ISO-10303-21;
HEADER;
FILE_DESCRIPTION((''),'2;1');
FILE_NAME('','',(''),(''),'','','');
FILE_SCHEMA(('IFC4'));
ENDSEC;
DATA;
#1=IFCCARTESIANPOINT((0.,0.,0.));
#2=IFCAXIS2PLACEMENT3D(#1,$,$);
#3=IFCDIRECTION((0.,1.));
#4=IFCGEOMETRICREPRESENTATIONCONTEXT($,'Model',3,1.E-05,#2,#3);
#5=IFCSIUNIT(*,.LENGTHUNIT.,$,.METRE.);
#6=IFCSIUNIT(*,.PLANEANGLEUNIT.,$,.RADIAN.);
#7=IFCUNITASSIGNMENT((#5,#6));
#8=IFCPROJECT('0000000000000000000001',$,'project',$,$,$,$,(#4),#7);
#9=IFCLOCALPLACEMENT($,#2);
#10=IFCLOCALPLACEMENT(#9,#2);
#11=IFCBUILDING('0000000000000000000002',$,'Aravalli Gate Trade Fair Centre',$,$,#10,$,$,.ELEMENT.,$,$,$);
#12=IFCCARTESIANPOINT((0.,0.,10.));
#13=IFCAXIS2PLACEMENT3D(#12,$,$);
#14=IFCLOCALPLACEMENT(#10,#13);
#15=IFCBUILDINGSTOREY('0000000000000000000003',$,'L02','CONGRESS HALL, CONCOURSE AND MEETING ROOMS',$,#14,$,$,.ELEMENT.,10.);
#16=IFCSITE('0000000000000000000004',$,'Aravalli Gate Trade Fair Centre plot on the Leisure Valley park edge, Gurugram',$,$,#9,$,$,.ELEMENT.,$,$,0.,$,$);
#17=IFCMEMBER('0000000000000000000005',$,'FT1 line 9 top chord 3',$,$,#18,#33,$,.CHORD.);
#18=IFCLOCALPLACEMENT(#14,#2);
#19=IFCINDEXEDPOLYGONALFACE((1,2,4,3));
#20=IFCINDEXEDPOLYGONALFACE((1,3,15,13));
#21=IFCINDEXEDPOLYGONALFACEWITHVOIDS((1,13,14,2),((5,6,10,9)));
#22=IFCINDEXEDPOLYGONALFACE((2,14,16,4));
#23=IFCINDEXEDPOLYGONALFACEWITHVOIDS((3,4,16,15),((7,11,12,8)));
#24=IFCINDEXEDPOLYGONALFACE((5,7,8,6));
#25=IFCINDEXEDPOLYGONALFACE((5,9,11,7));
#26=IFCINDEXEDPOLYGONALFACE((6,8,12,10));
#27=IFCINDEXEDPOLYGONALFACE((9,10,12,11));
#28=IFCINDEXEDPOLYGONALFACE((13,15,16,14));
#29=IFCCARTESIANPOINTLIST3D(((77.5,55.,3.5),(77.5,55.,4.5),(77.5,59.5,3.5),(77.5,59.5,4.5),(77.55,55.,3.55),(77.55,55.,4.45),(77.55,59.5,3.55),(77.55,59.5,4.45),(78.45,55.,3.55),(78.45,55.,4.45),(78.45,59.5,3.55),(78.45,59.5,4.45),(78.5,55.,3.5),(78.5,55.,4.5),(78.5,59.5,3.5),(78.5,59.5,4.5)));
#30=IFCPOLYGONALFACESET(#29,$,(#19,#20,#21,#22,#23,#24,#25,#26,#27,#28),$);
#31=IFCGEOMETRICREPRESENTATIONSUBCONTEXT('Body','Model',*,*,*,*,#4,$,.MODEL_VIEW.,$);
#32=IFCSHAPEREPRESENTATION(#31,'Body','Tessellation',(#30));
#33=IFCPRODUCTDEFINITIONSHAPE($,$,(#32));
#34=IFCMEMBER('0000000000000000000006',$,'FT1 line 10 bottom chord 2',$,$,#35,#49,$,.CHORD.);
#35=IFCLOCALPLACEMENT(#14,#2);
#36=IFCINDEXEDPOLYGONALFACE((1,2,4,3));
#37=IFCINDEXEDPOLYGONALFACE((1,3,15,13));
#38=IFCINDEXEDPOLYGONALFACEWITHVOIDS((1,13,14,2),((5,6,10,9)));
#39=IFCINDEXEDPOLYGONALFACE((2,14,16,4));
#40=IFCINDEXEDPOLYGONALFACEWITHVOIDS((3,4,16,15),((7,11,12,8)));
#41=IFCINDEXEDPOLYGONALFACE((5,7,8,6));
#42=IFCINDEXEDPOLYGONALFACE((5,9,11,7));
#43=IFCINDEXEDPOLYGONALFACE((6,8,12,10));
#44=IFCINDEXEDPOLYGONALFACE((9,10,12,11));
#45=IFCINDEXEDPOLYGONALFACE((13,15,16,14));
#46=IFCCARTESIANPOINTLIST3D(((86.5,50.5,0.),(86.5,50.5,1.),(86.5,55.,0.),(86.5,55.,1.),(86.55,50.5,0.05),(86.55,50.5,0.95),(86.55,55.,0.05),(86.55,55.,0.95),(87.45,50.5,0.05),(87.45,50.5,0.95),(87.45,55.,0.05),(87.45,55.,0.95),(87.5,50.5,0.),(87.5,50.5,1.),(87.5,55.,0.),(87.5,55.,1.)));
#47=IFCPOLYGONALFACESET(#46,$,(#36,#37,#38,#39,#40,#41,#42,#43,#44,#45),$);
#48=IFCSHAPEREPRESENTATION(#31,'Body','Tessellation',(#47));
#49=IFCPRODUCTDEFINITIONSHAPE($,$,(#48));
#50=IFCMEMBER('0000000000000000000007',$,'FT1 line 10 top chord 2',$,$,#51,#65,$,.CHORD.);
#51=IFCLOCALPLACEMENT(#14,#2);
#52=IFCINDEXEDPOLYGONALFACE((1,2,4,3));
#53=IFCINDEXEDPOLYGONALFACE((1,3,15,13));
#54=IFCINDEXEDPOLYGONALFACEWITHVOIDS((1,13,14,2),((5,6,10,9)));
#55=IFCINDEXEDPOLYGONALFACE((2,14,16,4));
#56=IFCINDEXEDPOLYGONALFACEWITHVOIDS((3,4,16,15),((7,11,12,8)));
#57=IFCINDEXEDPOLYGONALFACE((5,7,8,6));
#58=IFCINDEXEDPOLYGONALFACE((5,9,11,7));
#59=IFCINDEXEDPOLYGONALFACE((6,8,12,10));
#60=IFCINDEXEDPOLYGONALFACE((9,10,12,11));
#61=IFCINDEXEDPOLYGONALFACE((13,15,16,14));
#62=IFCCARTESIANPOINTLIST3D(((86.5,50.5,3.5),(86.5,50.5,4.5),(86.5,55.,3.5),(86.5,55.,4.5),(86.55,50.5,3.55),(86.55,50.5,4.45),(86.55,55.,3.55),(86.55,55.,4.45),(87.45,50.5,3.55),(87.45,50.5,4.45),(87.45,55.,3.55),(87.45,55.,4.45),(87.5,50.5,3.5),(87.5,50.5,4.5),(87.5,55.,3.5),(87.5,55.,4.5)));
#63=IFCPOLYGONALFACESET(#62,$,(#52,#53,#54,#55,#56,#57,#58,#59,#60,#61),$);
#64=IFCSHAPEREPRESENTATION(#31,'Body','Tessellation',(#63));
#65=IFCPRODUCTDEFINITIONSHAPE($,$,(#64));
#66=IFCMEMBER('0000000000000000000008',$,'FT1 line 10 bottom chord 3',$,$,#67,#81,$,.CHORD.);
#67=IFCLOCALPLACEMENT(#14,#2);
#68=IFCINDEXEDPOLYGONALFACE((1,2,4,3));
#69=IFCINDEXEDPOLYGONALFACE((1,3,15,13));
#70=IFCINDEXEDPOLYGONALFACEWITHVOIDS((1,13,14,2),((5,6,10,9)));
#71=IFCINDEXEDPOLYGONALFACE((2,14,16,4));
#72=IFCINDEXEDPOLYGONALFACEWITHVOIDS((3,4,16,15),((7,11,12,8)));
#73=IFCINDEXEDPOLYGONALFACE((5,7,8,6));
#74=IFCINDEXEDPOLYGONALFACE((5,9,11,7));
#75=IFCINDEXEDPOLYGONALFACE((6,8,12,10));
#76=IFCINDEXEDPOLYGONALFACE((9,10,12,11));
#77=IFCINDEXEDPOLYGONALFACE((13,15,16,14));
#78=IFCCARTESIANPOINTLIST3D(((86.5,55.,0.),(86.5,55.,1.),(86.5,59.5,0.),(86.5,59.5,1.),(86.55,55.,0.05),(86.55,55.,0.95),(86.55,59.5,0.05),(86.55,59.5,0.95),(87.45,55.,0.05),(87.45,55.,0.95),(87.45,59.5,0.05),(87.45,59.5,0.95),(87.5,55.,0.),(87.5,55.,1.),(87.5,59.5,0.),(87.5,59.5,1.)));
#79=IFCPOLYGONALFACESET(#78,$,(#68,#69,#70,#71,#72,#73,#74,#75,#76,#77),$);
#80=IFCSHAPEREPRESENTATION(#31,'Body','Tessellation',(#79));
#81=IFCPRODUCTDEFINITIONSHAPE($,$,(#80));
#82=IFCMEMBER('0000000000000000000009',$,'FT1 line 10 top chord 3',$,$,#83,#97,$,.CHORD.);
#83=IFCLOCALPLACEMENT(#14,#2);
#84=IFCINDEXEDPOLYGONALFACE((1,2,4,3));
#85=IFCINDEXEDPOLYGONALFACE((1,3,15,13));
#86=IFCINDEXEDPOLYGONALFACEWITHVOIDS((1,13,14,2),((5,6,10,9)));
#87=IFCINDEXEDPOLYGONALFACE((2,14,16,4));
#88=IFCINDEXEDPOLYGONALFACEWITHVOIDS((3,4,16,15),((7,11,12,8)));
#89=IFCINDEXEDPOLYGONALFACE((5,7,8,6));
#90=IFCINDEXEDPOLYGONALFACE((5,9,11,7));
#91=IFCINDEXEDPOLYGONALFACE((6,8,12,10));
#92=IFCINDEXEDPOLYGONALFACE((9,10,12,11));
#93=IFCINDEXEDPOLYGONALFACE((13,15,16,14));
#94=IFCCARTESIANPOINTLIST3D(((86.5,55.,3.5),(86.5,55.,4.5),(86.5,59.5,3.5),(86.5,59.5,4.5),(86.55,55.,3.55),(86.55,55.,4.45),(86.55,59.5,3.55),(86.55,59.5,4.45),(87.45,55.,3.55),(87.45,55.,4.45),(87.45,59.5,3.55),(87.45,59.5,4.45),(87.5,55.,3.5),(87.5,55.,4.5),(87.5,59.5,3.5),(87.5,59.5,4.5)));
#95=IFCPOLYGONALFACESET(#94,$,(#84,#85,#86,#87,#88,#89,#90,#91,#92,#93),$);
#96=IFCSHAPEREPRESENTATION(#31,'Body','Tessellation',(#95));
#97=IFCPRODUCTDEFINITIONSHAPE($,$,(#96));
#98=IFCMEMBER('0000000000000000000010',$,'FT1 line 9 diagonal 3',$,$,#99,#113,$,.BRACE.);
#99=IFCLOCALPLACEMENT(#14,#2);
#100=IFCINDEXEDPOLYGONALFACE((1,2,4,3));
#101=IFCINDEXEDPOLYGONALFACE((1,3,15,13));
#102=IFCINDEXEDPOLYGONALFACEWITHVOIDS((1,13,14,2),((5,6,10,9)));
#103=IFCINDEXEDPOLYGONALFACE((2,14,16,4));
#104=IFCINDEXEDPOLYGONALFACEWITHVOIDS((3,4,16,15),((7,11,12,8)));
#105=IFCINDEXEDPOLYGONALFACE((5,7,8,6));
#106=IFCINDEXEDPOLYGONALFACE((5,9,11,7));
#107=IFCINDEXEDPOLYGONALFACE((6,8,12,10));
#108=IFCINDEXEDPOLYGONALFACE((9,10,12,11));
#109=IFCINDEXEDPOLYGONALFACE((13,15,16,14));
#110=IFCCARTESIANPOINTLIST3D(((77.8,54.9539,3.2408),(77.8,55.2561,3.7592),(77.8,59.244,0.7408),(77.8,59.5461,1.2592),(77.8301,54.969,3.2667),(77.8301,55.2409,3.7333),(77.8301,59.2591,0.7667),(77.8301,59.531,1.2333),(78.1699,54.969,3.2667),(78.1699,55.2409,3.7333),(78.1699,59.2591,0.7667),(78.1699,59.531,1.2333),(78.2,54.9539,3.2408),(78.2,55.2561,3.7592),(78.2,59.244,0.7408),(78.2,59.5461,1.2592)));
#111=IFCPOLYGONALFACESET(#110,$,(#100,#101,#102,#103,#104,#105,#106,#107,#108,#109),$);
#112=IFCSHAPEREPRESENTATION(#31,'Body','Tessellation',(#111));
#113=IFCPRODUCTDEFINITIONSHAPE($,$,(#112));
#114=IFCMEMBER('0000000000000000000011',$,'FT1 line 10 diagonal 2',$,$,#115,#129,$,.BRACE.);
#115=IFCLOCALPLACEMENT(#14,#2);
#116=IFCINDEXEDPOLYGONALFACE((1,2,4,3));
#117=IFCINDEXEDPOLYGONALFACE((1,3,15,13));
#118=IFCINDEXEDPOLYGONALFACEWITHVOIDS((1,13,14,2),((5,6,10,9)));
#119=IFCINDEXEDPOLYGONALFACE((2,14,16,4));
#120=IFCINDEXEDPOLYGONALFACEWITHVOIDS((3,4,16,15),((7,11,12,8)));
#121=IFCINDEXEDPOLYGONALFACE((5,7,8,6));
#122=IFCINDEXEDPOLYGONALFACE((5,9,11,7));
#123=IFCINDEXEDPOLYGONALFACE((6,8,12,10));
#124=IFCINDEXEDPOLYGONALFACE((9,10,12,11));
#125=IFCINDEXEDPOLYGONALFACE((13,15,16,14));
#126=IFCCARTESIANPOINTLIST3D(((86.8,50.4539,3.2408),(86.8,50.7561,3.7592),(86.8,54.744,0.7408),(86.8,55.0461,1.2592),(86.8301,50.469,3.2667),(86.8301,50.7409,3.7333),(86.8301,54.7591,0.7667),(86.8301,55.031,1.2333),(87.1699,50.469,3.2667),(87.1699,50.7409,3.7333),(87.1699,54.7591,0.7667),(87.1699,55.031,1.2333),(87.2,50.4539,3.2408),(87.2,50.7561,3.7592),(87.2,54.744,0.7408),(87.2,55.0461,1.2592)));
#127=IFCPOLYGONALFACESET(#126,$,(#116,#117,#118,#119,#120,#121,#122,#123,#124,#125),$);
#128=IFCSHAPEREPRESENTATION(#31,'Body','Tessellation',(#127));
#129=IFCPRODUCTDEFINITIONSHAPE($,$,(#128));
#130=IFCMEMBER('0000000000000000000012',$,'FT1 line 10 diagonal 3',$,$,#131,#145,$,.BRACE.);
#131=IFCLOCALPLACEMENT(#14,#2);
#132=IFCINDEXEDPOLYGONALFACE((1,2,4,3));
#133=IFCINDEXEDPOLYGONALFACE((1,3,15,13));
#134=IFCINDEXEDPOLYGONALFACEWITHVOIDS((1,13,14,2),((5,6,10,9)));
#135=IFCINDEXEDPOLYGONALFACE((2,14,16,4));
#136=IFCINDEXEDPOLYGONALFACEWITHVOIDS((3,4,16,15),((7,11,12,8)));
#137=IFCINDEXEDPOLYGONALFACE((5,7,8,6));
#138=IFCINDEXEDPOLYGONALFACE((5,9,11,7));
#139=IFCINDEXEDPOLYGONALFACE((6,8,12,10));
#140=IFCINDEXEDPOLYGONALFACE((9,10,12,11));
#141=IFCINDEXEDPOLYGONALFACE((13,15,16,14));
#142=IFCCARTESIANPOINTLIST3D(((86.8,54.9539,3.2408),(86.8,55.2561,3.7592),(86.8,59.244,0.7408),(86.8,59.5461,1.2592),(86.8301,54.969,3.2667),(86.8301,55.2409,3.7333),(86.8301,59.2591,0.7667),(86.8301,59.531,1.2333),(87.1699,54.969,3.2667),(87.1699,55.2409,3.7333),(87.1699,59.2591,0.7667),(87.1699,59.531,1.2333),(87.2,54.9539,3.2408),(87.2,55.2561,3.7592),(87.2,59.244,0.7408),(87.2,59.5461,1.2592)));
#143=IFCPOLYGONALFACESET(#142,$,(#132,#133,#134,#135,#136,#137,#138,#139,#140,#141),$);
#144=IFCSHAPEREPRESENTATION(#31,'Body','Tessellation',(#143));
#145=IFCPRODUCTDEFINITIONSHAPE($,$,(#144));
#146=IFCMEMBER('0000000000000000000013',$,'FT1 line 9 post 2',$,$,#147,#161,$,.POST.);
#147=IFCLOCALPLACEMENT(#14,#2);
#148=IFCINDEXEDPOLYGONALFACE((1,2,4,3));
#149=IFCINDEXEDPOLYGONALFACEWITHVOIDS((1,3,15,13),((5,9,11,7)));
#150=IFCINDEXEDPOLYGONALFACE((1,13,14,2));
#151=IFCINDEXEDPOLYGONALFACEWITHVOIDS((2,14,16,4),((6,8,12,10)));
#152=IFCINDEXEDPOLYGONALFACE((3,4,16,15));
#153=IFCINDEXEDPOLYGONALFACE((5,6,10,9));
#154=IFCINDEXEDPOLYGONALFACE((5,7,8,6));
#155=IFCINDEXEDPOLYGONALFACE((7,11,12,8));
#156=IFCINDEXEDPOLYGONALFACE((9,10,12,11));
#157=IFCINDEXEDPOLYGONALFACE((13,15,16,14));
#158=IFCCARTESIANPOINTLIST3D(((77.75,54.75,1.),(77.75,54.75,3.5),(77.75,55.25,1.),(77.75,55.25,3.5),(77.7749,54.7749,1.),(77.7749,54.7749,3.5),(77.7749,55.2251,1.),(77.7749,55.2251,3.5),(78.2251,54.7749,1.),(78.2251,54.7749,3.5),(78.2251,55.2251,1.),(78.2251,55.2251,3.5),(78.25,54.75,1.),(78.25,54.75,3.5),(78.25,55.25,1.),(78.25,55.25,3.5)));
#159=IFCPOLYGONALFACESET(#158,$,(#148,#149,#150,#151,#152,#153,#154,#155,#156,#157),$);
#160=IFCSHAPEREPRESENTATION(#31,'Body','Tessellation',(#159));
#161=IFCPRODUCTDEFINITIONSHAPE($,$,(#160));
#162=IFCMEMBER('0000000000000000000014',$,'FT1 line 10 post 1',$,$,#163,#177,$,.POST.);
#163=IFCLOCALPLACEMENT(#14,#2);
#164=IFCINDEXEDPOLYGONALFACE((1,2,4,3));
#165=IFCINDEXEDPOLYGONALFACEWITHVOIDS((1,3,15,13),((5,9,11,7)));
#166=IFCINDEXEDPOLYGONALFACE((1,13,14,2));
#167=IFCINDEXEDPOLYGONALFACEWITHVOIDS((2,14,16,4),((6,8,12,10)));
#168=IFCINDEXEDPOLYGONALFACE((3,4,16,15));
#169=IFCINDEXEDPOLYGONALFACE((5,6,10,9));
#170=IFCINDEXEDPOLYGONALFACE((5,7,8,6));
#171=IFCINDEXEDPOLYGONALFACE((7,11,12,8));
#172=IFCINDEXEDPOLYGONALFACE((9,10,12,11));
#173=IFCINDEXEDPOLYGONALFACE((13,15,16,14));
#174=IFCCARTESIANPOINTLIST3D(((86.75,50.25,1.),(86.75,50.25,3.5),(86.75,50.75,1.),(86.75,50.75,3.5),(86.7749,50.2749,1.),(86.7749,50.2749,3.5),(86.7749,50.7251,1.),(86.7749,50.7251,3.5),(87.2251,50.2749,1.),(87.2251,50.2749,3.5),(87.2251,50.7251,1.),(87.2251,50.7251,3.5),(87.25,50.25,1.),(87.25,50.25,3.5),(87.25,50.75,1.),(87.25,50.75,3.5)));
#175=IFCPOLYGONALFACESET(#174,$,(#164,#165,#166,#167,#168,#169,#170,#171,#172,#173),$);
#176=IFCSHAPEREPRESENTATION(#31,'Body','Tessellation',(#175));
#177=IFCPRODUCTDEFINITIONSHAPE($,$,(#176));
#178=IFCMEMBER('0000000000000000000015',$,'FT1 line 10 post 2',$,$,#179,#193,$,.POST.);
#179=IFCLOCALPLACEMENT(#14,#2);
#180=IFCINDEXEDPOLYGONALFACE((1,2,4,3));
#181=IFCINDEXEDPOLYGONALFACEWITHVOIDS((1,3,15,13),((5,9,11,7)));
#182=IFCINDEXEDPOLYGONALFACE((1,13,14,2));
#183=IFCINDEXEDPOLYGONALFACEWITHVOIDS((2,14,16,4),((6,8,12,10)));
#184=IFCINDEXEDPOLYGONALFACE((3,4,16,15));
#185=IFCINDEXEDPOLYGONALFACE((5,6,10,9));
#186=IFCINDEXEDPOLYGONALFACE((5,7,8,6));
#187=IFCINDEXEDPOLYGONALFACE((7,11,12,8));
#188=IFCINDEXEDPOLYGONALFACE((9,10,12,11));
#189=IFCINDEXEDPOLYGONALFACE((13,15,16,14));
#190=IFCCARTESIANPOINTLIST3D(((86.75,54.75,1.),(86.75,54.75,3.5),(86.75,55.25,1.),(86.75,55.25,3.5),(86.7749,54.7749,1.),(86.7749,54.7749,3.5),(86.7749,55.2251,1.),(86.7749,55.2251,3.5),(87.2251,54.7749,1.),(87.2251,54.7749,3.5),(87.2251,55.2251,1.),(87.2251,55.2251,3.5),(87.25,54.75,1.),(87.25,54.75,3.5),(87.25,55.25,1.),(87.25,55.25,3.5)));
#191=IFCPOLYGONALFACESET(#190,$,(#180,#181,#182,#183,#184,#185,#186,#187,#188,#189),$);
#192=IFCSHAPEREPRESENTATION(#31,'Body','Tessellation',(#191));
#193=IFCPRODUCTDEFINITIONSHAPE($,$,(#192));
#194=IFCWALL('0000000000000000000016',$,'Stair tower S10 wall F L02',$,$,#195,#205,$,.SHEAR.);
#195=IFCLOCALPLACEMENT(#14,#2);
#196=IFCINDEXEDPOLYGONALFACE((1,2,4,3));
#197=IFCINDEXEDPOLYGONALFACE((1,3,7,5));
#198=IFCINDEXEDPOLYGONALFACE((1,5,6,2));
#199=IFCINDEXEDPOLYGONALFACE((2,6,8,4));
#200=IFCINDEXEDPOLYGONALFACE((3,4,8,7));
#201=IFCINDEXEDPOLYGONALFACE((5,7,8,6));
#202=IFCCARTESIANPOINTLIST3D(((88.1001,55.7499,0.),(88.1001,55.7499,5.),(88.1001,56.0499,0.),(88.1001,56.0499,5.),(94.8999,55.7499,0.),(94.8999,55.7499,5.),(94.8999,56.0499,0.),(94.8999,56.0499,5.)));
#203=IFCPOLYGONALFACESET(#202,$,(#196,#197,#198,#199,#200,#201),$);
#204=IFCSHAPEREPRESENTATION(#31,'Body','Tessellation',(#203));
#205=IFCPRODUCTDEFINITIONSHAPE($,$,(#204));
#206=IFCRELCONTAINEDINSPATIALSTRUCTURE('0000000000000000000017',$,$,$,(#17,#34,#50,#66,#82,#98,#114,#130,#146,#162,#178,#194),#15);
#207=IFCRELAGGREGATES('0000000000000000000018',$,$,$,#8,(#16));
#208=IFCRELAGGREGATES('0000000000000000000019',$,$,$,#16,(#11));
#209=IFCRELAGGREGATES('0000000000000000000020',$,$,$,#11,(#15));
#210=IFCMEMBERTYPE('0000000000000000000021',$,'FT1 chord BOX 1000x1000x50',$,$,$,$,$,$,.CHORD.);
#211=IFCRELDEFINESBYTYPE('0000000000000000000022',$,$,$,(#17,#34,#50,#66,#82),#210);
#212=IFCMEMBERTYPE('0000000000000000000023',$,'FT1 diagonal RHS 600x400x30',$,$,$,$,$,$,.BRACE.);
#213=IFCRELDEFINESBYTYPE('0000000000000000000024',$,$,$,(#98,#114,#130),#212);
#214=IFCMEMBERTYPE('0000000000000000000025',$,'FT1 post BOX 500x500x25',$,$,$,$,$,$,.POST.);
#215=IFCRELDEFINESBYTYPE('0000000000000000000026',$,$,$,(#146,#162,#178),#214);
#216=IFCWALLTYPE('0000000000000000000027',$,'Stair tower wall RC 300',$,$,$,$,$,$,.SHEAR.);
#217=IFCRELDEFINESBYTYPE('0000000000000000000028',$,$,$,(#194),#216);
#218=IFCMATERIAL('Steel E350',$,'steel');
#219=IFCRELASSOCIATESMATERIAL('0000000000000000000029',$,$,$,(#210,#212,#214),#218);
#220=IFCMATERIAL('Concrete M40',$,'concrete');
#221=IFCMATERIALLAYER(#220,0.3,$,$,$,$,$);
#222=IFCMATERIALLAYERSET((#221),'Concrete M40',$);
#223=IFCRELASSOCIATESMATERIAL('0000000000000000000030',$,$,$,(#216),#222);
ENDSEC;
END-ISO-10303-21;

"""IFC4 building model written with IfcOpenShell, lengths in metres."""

from ifc_helpers import new_model, si_unit, direction, frame, frame_2d, origin, origin_2d, place, context, subcontext, project, spatial, rectangle, hollow_rectangle, extrude, material, layer, layer_set, material_profile, profile_set, type_object, element, save


model = new_model("IFC4")

# Units and contexts
model_context = context("Model", 3, precision=1e-05, world=origin(), true_north=direction((0.0, 1.0)))
body_context = subcontext(model_context, "Body", "Model", "MODEL_VIEW")
ifc_project = project(units=[si_unit("LENGTHUNIT", "METRE"), si_unit("PLANEANGLEUNIT", "RADIAN")], contexts=[model_context])

# Site, building, storey
site_placement = place(None, origin())
site = spatial("IfcSite", under=ifc_project, at=site_placement, Name="Aravalli Gate Trade Fair Centre plot on the Leisure Valley park edge, Gurugram", CompositionType="ELEMENT", RefElevation=0.0)
building_placement = place(site_placement, origin())
building = spatial("IfcBuilding", under=site, at=building_placement, Name="Aravalli Gate Trade Fair Centre", CompositionType="ELEMENT")
storey_placement = place(building_placement, frame((0.0, 0.0, 10.0)))
storey = spatial("IfcBuildingStorey", under=building, at=storey_placement, Name="L02", Description="CONGRESS HALL, CONCOURSE AND MEETING ROOMS", CompositionType="ELEMENT", Elevation=10.0)

# Members
ifc_material_1 = material(Name="Steel E350", Category="steel")
ifc_material_profile_1 = material_profile(ifc_material_1, hollow_rectangle(XDim=1.0, YDim=1.0, WallThickness=0.05, at=origin_2d()), Name="BOX 1000x1000x50")
ifc_profile_set_1 = profile_set([ifc_material_profile_1], Name="Steel E350")
member_type_1 = type_object("IfcMemberType", Name="FT1 chord BOX 1000x1000x50", PredefinedType="CHORD", material=ifc_profile_set_1)
for number, where, z_axis, x_axis, name in (
    (1, (78.0, 55.0, 4.0), (0.0, 1.0, 0.0), (-1.0, 0.0, 0.0), "FT1 line 9 top chord 3"),
    (2, (87.0, 50.5, 0.5), (0.0, 1.0, 0.0), (-1.0, 0.0, 0.0), "FT1 line 10 bottom chord 2"),
    (3, (87.0, 50.5, 4.0), (0.0, 1.0, 0.0), (-1.0, 0.0, 0.0), "FT1 line 10 top chord 2"),
    (4, (87.0, 55.0, 0.5), (0.0, 1.0, 0.0), (-1.0, 0.0, 0.0), "FT1 line 10 bottom chord 3"),
    (5, (87.0, 55.0, 4.0), (0.0, 1.0, 0.0), (-1.0, 0.0, 0.0), "FT1 line 10 top chord 3"),
):
    element("IfcMember", number, at=place(storey_placement, frame(where, z_axis=z_axis, x_axis=x_axis)), inside=storey, type_object=member_type_1, Name=name, PredefinedType="CHORD", context=body_context, shape_type="SweptSolid", body=[
        extrude(hollow_rectangle(XDim=1.0, YDim=1.0, WallThickness=0.05, at=origin_2d()), origin(), (0.0, 0.0, 1.0), 4.5),
    ])
ifc_material_profile_2 = material_profile(ifc_material_1, hollow_rectangle(XDim=0.3999, YDim=0.6001, WallThickness=0.03, at=origin_2d()), Name="RHS 600x400x30")
ifc_profile_set_2 = profile_set([ifc_material_profile_2], Name="Steel E350")
member_type_2 = type_object("IfcMemberType", Name="FT1 diagonal RHS 600x400x30", PredefinedType="BRACE", material=ifc_profile_set_2)
for number, where, z_axis, x_axis, name in (
    (6, (78.0, 55.105, 3.5), (0.0, 0.864, -0.503492), (-1.0, 0.0, 0.0), "FT1 line 9 diagonal 3"),
    (7, (87.0, 50.605, 3.5), (0.0, 0.864, -0.503492), (-1.0, 0.0, 0.0), "FT1 line 10 diagonal 2"),
    (8, (87.0, 55.105, 3.5), (0.0, 0.864, -0.503492), (-1.0, 0.0, 0.0), "FT1 line 10 diagonal 3"),
):
    element("IfcMember", number, at=place(storey_placement, frame(where, z_axis=z_axis, x_axis=x_axis)), inside=storey, type_object=member_type_2, Name=name, PredefinedType="BRACE", context=body_context, shape_type="SweptSolid", body=[
        extrude(hollow_rectangle(XDim=0.3999, YDim=0.6001, WallThickness=0.03, at=origin_2d()), origin(), (0.0, 0.0, 1.0), 4.9653),
    ])
ifc_material_profile_3 = material_profile(ifc_material_1, hollow_rectangle(XDim=0.5, YDim=0.5, WallThickness=0.0249, at=origin_2d()), Name="BOX 500x500x25")
ifc_profile_set_3 = profile_set([ifc_material_profile_3], Name="Steel E350")
member_type_3 = type_object("IfcMemberType", Name="FT1 post BOX 500x500x25", PredefinedType="POST", material=ifc_profile_set_3)
for number, where, z_axis, x_axis, name in (
    (9, (78.0, 55.0, 1.0), (0.0, 0.0, 1.0), (1.0, 0.0, 0.0), "FT1 line 9 post 2"),
    (10, (87.0, 50.5, 1.0), (0.0, 0.0, 1.0), (1.0, 0.0, 0.0), "FT1 line 10 post 1"),
    (11, (87.0, 55.0, 1.0), (0.0, 0.0, 1.0), (1.0, 0.0, 0.0), "FT1 line 10 post 2"),
):
    element("IfcMember", number, at=place(storey_placement, frame(where, z_axis=z_axis, x_axis=x_axis)), inside=storey, type_object=member_type_3, Name=name, PredefinedType="POST", context=body_context, shape_type="SweptSolid", body=[
        extrude(hollow_rectangle(XDim=0.5, YDim=0.5, WallThickness=0.0249, at=origin_2d()), origin(), (0.0, 0.0, 1.0), 2.5),
    ])

# Wall
ifc_material_2 = material(Name="Concrete M40", Category="concrete")
ifc_layer_1 = layer(ifc_material_2, 0.3)
ifc_layer_set_1 = layer_set([ifc_layer_1], Name="Concrete M40")
wall_type = type_object("IfcWallType", Name="Stair tower wall RC 300", PredefinedType="SHEAR", material=ifc_layer_set_1)
wall_placement = place(storey_placement, frame((88.1001, 55.8999, 0.0), z_axis=(0.0, 0.0, 1.0), x_axis=(1.0, 0.0, 0.0)))
element("IfcWall", 12, at=wall_placement, inside=storey, type_object=wall_type, Name="Stair tower S10 wall F L02", PredefinedType="SHEAR", context=body_context, shape_type="SweptSolid", body=[
    extrude(rectangle(XDim=6.7998, YDim=0.3, at=frame_2d((3.3999, 0.0))), origin(), (0.0, 0.0, 1.0), 5.0),
])

save(model, "model.ifc")
